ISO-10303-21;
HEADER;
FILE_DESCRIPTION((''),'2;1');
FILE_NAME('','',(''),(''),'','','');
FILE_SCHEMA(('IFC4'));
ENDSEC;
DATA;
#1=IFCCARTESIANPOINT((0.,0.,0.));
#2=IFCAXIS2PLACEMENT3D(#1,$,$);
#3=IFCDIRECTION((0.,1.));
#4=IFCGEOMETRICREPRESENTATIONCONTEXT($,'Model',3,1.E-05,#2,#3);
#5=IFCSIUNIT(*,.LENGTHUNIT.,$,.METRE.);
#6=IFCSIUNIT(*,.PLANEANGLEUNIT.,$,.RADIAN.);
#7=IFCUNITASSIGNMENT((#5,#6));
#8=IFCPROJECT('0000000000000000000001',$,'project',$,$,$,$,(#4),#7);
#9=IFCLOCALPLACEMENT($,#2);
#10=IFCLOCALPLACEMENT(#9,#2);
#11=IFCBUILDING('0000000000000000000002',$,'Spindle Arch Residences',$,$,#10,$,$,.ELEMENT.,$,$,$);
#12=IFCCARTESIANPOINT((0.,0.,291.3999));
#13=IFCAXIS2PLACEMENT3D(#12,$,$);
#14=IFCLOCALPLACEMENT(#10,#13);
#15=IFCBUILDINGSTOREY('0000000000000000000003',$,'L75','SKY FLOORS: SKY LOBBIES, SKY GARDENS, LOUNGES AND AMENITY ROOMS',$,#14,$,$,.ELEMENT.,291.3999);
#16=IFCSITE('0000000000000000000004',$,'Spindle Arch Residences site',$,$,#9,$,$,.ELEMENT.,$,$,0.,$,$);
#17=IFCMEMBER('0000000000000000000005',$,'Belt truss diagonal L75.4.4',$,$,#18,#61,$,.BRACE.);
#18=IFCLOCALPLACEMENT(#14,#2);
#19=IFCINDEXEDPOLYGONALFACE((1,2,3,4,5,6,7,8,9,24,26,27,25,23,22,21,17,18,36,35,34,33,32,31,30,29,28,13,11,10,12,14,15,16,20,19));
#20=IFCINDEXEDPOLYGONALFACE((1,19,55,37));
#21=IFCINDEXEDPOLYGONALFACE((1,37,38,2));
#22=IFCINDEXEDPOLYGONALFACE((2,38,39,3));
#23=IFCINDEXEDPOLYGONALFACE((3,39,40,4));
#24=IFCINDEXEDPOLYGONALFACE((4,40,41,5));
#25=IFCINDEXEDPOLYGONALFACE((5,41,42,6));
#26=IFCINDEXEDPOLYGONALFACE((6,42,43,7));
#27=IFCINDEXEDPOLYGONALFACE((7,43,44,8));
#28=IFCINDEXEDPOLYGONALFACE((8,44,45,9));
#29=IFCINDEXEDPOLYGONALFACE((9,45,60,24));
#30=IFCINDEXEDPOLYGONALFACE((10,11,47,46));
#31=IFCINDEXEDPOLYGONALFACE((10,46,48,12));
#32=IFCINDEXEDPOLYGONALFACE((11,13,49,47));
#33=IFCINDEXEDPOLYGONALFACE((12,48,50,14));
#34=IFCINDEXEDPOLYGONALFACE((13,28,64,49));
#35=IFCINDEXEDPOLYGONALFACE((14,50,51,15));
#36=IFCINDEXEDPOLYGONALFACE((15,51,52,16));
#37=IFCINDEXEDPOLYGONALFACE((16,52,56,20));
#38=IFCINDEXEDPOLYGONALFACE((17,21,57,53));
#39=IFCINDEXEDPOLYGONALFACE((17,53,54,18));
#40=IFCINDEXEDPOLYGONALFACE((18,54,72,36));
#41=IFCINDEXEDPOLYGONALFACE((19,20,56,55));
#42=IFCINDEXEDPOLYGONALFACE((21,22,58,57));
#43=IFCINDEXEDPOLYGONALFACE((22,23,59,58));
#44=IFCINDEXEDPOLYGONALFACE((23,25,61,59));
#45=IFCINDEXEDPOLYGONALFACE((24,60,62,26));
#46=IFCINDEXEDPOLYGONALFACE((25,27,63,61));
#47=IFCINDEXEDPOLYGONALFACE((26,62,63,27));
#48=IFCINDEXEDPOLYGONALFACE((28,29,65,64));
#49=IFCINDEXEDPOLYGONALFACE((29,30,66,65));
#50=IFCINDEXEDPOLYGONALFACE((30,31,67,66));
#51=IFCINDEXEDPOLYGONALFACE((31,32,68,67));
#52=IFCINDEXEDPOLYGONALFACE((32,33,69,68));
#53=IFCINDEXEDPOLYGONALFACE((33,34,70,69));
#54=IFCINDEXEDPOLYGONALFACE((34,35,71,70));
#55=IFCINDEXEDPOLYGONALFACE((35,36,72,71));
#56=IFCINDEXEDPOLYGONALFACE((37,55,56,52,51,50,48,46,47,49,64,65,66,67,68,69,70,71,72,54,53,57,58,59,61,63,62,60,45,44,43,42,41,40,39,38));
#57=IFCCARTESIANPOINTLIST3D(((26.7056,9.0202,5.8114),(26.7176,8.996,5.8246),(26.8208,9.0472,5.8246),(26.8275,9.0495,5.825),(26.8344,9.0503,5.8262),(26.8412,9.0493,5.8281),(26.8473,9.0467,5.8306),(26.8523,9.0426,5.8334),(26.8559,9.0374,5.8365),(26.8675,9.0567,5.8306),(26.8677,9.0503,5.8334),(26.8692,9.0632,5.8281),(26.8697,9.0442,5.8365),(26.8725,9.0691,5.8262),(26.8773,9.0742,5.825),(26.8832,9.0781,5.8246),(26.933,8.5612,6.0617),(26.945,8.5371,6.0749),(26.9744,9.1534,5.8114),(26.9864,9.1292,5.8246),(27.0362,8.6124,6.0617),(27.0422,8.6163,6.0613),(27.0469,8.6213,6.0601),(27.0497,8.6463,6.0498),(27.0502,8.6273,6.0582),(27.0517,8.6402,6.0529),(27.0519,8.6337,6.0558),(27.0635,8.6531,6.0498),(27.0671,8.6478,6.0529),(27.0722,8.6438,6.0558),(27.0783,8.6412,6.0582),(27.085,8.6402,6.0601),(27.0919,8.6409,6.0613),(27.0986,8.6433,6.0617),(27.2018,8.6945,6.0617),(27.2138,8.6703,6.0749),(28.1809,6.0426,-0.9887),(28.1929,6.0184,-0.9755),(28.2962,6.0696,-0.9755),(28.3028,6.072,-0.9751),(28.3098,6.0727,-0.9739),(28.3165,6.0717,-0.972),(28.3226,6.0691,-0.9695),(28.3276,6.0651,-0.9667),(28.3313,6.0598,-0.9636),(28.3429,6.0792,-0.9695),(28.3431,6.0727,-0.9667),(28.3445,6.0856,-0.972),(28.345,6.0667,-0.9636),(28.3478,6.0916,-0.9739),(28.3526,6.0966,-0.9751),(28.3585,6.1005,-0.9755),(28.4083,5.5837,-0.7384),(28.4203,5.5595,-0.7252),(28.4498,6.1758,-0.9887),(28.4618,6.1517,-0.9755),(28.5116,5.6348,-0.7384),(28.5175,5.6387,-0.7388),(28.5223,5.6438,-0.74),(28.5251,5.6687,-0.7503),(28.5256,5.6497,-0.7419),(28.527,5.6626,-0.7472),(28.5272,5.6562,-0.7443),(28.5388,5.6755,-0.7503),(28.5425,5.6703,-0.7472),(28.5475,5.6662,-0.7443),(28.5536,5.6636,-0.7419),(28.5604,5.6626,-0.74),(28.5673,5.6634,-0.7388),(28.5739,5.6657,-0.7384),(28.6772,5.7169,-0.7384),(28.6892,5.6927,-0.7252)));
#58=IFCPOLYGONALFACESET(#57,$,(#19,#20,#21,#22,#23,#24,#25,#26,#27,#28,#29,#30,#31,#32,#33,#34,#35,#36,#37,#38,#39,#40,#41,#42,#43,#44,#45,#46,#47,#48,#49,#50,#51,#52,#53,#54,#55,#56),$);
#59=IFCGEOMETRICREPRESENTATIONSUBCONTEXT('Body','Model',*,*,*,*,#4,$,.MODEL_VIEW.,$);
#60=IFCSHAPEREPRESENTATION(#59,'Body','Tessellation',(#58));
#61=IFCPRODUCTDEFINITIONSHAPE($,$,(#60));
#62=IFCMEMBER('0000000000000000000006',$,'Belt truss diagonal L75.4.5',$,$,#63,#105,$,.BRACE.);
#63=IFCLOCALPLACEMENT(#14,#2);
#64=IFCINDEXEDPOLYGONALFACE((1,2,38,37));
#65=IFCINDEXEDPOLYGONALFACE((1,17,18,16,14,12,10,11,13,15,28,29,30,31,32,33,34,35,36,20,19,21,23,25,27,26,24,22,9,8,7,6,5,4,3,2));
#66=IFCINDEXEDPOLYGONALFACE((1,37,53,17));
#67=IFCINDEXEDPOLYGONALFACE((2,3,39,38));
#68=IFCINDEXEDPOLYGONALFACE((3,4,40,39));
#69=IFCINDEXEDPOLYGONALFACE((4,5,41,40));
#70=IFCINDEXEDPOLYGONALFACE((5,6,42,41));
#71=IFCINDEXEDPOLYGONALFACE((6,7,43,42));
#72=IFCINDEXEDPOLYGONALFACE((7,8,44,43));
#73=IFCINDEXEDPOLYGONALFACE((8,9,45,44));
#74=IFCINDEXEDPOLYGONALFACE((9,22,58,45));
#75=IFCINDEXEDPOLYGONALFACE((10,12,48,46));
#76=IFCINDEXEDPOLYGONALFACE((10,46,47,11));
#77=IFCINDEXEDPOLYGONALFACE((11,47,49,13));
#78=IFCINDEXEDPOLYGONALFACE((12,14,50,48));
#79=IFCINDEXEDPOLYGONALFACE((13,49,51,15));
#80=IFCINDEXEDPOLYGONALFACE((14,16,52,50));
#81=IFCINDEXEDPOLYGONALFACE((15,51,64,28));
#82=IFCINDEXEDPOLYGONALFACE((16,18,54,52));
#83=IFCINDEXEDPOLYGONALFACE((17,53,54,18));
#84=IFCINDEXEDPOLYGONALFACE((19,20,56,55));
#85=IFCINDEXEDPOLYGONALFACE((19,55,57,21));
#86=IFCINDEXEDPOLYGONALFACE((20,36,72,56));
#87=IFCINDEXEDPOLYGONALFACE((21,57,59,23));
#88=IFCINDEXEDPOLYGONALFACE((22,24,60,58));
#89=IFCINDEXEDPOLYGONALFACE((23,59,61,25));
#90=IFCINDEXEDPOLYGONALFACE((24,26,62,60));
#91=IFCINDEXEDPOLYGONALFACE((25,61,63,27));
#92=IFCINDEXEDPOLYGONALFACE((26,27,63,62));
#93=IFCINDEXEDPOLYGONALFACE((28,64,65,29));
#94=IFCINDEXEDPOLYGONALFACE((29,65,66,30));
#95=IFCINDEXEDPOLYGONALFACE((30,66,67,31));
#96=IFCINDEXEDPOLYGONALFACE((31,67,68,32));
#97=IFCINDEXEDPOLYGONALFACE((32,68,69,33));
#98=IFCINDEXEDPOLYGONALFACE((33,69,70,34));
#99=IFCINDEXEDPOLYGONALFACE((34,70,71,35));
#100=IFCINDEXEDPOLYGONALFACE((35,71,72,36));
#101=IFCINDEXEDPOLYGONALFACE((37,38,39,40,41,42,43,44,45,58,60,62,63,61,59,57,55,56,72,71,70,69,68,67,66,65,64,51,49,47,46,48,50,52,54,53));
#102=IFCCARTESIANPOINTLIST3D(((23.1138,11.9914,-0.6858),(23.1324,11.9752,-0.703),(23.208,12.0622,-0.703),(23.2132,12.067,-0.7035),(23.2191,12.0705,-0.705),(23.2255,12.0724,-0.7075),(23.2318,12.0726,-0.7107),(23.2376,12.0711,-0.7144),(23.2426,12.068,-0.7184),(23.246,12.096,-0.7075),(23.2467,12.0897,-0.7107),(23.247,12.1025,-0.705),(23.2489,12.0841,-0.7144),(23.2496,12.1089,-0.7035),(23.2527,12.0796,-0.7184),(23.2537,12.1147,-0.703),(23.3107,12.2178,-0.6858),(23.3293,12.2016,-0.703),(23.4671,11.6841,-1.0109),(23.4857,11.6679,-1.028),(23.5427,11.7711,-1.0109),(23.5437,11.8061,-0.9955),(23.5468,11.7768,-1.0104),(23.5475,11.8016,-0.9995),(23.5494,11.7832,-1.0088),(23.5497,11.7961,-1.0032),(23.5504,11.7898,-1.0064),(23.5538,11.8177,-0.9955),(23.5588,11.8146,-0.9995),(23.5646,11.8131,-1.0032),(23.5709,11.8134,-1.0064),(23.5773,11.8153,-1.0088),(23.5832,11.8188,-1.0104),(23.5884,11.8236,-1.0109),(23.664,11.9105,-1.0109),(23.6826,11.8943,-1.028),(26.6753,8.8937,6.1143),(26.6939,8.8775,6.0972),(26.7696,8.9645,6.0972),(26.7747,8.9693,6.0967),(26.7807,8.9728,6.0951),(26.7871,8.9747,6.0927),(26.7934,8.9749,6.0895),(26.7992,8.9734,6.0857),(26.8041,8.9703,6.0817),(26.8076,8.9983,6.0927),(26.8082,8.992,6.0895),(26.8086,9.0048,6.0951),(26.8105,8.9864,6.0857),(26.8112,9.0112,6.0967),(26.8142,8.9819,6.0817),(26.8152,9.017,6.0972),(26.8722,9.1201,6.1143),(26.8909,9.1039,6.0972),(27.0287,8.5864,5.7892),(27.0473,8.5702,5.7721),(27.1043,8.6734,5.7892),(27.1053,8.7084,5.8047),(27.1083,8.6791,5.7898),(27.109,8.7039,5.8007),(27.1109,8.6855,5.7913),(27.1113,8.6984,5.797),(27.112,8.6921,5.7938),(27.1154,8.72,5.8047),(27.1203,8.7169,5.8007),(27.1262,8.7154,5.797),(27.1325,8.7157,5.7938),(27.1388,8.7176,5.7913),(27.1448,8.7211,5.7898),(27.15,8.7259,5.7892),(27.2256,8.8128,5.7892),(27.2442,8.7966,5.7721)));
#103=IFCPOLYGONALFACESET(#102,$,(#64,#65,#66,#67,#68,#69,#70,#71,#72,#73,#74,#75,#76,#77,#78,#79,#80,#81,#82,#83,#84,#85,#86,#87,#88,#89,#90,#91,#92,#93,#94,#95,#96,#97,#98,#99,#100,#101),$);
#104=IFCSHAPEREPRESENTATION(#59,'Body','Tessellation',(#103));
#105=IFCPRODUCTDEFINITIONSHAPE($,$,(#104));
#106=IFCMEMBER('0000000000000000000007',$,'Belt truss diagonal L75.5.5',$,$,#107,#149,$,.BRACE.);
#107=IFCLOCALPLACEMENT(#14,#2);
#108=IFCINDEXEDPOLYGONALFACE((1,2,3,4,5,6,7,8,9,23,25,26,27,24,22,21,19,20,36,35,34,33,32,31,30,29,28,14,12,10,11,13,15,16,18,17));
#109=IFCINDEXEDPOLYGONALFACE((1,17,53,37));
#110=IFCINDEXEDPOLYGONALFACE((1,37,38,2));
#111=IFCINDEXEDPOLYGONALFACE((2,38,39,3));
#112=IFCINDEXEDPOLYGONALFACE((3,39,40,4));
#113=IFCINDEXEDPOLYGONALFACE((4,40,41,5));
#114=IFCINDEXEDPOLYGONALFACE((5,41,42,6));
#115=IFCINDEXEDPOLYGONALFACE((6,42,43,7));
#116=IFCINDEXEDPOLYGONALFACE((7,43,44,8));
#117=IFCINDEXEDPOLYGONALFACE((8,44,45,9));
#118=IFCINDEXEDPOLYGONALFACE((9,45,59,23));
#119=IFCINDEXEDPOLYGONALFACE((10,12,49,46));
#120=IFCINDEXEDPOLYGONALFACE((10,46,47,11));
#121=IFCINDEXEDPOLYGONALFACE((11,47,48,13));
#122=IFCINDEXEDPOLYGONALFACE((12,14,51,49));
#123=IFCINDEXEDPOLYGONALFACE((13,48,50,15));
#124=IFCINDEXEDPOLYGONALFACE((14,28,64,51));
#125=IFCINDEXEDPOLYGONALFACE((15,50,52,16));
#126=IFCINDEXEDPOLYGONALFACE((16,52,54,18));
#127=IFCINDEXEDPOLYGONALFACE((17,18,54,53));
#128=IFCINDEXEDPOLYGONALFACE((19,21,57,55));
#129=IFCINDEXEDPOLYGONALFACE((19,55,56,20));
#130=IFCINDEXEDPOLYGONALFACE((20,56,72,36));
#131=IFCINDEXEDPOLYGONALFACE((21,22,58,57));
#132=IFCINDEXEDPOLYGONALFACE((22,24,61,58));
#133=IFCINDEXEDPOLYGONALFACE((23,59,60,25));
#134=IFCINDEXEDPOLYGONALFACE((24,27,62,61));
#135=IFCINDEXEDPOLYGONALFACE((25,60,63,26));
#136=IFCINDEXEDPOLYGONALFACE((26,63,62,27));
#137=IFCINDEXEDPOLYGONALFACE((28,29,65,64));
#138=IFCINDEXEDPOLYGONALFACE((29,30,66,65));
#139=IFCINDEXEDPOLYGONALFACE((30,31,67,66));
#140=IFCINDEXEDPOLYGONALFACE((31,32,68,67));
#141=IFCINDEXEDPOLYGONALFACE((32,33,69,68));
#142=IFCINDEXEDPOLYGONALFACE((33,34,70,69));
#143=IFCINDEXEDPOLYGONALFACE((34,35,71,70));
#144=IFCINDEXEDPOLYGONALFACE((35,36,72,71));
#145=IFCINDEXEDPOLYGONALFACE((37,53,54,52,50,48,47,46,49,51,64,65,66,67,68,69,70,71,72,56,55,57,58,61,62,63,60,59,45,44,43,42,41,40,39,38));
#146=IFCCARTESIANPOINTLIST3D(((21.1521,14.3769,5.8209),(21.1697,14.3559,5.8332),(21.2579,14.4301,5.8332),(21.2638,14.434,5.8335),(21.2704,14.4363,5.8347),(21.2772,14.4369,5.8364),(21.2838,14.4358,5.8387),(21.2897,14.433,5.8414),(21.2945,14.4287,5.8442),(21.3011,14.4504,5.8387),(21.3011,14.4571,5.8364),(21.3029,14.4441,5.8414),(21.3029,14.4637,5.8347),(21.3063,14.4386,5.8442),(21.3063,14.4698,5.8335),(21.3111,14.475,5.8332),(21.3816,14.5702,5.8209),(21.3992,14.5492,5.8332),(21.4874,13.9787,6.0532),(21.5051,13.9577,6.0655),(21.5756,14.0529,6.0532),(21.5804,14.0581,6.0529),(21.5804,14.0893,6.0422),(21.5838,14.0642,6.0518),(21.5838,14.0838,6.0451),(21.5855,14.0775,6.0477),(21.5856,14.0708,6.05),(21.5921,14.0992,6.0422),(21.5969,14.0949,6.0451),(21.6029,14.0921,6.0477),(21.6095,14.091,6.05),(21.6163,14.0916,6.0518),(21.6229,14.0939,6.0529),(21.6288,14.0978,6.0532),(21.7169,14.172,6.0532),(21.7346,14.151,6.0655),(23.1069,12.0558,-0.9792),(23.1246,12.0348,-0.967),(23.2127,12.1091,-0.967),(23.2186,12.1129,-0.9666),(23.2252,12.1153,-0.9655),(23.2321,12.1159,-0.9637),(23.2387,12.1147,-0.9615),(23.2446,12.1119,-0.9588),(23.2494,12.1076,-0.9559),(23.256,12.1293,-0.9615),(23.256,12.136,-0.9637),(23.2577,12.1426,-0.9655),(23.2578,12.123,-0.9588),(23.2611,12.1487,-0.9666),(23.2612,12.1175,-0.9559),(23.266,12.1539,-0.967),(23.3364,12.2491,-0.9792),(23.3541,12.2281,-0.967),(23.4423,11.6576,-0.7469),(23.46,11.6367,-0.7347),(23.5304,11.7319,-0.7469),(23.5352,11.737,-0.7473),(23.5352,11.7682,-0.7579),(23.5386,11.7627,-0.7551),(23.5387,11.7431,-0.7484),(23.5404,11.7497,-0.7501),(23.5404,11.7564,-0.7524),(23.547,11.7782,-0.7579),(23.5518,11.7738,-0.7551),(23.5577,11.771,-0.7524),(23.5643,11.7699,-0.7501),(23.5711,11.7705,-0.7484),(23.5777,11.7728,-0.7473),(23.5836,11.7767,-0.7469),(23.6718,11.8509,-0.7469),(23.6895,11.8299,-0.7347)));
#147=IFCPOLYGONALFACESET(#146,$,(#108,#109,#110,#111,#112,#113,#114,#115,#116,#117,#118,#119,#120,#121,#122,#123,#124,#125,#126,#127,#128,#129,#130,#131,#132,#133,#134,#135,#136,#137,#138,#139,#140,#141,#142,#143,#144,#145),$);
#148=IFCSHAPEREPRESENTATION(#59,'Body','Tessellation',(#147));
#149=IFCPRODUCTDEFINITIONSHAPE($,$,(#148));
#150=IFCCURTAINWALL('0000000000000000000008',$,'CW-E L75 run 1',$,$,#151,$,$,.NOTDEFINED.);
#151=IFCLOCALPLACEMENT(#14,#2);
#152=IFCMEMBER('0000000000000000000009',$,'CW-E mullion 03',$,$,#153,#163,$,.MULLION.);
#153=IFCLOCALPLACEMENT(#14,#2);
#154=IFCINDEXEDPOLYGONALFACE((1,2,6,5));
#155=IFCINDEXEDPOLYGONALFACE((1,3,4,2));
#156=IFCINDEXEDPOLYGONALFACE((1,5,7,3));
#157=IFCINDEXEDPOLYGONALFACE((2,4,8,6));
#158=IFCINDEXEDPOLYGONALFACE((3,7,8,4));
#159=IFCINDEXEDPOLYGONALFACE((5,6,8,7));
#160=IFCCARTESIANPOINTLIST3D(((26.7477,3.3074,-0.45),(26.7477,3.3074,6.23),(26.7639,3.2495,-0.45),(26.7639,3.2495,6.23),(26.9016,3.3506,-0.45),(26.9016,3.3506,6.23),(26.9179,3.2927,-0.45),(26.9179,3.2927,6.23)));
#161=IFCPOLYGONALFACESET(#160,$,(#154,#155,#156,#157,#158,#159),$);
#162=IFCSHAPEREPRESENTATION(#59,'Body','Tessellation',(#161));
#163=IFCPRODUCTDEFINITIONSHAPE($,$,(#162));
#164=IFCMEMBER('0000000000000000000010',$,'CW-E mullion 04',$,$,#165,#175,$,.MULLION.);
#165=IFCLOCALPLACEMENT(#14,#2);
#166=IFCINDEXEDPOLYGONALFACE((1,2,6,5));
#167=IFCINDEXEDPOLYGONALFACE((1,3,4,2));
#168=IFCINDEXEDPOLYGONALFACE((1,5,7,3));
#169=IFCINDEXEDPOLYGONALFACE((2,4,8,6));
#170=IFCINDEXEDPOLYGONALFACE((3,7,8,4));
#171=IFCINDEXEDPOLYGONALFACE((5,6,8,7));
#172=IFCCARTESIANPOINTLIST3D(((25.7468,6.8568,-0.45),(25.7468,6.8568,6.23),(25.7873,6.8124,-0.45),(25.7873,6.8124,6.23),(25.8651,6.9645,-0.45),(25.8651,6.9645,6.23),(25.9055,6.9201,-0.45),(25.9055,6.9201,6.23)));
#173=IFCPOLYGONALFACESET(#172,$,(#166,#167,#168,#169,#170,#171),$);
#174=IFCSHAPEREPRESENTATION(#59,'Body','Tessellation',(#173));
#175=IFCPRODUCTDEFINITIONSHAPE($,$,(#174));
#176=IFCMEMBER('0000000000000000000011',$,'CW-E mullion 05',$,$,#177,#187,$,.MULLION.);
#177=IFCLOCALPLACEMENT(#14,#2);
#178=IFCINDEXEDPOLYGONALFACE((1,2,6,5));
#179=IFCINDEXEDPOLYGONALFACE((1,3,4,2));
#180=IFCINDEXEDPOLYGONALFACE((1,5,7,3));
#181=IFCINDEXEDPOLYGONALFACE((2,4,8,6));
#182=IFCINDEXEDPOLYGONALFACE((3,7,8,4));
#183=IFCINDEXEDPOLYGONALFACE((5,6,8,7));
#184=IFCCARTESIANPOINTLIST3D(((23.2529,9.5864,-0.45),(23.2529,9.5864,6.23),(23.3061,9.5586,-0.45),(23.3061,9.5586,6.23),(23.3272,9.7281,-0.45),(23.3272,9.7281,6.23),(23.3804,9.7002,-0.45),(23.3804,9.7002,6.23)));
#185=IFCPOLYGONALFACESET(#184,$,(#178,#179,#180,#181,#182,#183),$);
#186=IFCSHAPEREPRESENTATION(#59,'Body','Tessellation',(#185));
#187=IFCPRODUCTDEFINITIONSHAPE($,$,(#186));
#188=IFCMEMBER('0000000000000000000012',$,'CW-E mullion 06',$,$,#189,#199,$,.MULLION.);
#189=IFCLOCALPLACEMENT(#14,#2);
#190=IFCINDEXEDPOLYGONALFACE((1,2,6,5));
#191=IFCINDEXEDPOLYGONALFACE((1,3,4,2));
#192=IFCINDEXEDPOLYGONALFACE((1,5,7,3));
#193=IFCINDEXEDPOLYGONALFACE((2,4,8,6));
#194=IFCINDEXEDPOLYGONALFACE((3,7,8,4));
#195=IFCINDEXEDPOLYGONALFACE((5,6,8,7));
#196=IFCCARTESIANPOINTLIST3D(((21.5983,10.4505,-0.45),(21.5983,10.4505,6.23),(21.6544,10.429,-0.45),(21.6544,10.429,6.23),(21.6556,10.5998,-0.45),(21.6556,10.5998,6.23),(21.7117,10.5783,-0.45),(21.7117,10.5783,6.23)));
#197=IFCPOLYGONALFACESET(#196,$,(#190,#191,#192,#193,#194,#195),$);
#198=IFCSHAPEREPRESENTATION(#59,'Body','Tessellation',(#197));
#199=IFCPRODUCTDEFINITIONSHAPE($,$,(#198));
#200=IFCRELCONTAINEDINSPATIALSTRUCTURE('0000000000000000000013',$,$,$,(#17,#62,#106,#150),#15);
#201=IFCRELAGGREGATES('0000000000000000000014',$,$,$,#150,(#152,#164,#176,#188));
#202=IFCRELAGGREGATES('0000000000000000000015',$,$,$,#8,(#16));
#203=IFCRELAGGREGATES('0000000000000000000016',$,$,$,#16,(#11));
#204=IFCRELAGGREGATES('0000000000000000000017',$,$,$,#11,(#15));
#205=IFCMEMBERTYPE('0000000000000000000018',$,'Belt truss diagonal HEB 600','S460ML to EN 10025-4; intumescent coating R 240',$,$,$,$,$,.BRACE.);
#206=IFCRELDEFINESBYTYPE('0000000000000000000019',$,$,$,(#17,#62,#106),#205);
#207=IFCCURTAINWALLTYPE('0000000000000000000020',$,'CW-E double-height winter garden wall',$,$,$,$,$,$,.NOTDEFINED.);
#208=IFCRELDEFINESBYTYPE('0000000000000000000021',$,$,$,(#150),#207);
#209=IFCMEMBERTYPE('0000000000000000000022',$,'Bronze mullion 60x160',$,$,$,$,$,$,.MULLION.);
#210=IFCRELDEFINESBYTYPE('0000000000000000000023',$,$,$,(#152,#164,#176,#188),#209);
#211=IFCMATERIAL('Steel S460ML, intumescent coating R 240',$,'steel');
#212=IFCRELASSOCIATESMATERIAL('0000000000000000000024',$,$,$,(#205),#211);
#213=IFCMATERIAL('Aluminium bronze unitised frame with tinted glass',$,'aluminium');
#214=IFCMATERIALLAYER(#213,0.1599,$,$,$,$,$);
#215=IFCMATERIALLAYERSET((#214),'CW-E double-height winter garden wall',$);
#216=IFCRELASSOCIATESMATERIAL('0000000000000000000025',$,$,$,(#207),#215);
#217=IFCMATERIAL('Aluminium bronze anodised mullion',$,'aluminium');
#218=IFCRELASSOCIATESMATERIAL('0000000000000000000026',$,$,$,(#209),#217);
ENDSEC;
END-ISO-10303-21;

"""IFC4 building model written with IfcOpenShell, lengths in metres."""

from ifc_helpers import new_model, si_unit, direction, frame, origin, origin_2d, place, context, subcontext, project, spatial, rectangle, i_section, extrude, material, layer, layer_set, material_profile, profile_set, type_object, element, aggregate, save


model = new_model("IFC4")

# Units and contexts
model_context = context("Model", 3, precision=1e-05, world=origin(), true_north=direction((0.0, 1.0)))
body_context = subcontext(model_context, "Body", "Model", "MODEL_VIEW")
ifc_project = project(units=[si_unit("LENGTHUNIT", "METRE"), si_unit("PLANEANGLEUNIT", "RADIAN")], contexts=[model_context])

# Site, building, storey
site_placement = place(None, origin())
site = spatial("IfcSite", under=ifc_project, at=site_placement, Name="Spindle Arch Residences site", CompositionType="ELEMENT", RefElevation=0.0)
building_placement = place(site_placement, origin())
building = spatial("IfcBuilding", under=site, at=building_placement, Name="Spindle Arch Residences", CompositionType="ELEMENT")
storey_placement = place(building_placement, frame((0.0, 0.0, 291.3999)))
storey = spatial("IfcBuildingStorey", under=building, at=storey_placement, Name="L75", Description="SKY FLOORS: SKY LOBBIES, SKY GARDENS, LOUNGES AND AMENITY ROOMS", CompositionType="ELEMENT", Elevation=291.3999)

# Members
ifc_material_1 = material(Name="Steel S460ML, intumescent coating R 240", Category="steel")
ifc_material_profile_1 = material_profile(ifc_material_1, i_section(OverallWidth=0.3, OverallDepth=0.6001, WebThickness=0.0154, FlangeThickness=0.03, FilletRadius=0.0271, at=origin_2d()), Name="HEB 600")
ifc_profile_set_1 = profile_set([ifc_material_profile_1], Name="Steel S460ML, intumescent coating R 240")
member_type_1 = type_object("IfcMemberType", Name="Belt truss diagonal HEB 600", Description="S460ML to EN 10025-4; intumescent coating R 240", PredefinedType="BRACE", material=ifc_profile_set_1)
member_1_placement = place(storey_placement, frame((28.4351, 5.8677, -0.8569), z_axis=(-0.19493, 0.393409, 0.898461), x_axis=(-0.896038, -0.443978, 0.0)))
element("IfcMember", 1, at=member_1_placement, inside=storey, type_object=member_type_1, Name="Belt truss diagonal L75.4.4", PredefinedType="BRACE", context=body_context, shape_type="SweptSolid", body=[
    extrude(i_section(OverallWidth=0.3, OverallDepth=0.6001, WebThickness=0.0154, FlangeThickness=0.03, FilletRadius=0.0271, at=origin_2d()), origin(), (0.0, 0.0, 1.0), 7.5686),
])
member_2_placement = place(storey_placement, frame((23.3982, 11.9429, -0.8569), z_axis=(0.430254, -0.374216, 0.821489), x_axis=(0.656261, 0.754534, 0.0)))
element("IfcMember", 2, at=member_2_placement, inside=storey, type_object=member_type_1, Name="Belt truss diagonal L75.4.5", PredefinedType="BRACE", context=body_context, shape_type="SweptSolid", body=[
    extrude(i_section(OverallWidth=0.3, OverallDepth=0.6001, WebThickness=0.0154, FlangeThickness=0.03, FilletRadius=0.0271, at=origin_2d()), origin(), (0.0, 0.0, 1.0), 8.2778),
])
member_3_placement = place(storey_placement, frame((23.3982, 11.9429, -0.8569), z_axis=(-0.26252, 0.311699, 0.913196), x_axis=(-0.764867, -0.644188, 0.0)))
element("IfcMember", 3, at=member_3_placement, inside=storey, type_object=member_type_1, Name="Belt truss diagonal L75.5.5", PredefinedType="BRACE", context=body_context, shape_type="SweptSolid", body=[
    extrude(i_section(OverallWidth=0.3, OverallDepth=0.6001, WebThickness=0.0154, FlangeThickness=0.03, FilletRadius=0.0271, at=origin_2d()), origin(), (0.0, 0.0, 1.0), 7.4465),
])

# Curtain wall, members
ifc_material_2 = material(Name="Aluminium bronze unitised frame with tinted glass", Category="aluminium")
ifc_layer_1 = layer(ifc_material_2, 0.1599)
ifc_layer_set_1 = layer_set([ifc_layer_1], Name="CW-E double-height winter garden wall")
curtain_wall_type = type_object("IfcCurtainWallType", Name="CW-E double-height winter garden wall", PredefinedType="NOTDEFINED", material=ifc_layer_set_1)
curtain_wall_placement = place(storey_placement, origin())
curtain_wall = element("IfcCurtainWall", 4, at=curtain_wall_placement, inside=storey, type_object=curtain_wall_type, Name="CW-E L75 run 1", PredefinedType="NOTDEFINED")
ifc_material_3 = material(Name="Aluminium bronze anodised mullion", Category="aluminium")
ifc_material_profile_2 = material_profile(ifc_material_3, rectangle(XDim=0.1599, YDim=0.0601, at=origin_2d()), Name="MU 60x160")
ifc_profile_set_2 = profile_set([ifc_material_profile_2], Name="Aluminium bronze anodised mullion")
member_type_2 = type_object("IfcMemberType", Name="Bronze mullion 60x160", PredefinedType="MULLION", material=ifc_profile_set_2)
member_4_placement = place(storey_placement, frame((26.8328, 3.3, -0.45), z_axis=(0.0, 0.0, 1.0), x_axis=(-0.962849, -0.27004, 0.0)))
member_4 = element("IfcMember", 5, at=member_4_placement, type_object=member_type_2, Name="CW-E mullion 03", PredefinedType="MULLION", context=body_context, shape_type="SweptSolid", body=[
    extrude(rectangle(XDim=0.1599, YDim=0.0601, at=origin_2d()), origin(), (0.0, 0.0, 1.0), 6.6799),
])
member_5_placement = place(storey_placement, frame((25.8262, 6.8884, -0.45), z_axis=(0.0, 0.0, 1.0), x_axis=(-0.739239, -0.673443, 0.0)))
member_5 = element("IfcMember", 6, at=member_5_placement, type_object=member_type_2, Name="CW-E mullion 04", PredefinedType="MULLION", context=body_context, shape_type="SweptSolid", body=[
    extrude(rectangle(XDim=0.1599, YDim=0.0601, at=origin_2d()), origin(), (0.0, 0.0, 1.0), 6.6799),
])
member_6_placement = place(storey_placement, frame((23.3167, 9.6433, -0.45), z_axis=(0.0, 0.0, 1.0), x_axis=(-0.464327, -0.885664, 0.0)))
member_6 = element("IfcMember", 7, at=member_6_placement, type_object=member_type_2, Name="CW-E mullion 05", PredefinedType="MULLION", context=body_context, shape_type="SweptSolid", body=[
    extrude(rectangle(XDim=0.1599, YDim=0.0601, at=origin_2d()), origin(), (0.0, 0.0, 1.0), 6.6799),
])
member_7_placement = place(storey_placement, frame((21.655, 10.5144, -0.45), z_axis=(0.0, 0.0, 1.0), x_axis=(-0.358368, -0.93358, 0.0)))
member_7 = element("IfcMember", 8, at=member_7_placement, type_object=member_type_2, Name="CW-E mullion 06", PredefinedType="MULLION", context=body_context, shape_type="SweptSolid", body=[
    extrude(rectangle(XDim=0.1599, YDim=0.0601, at=origin_2d()), origin(), (0.0, 0.0, 1.0), 6.6799),
])
aggregate(curtain_wall, [member_4, member_5, member_6, member_7])

save(model, "model.ifc")
